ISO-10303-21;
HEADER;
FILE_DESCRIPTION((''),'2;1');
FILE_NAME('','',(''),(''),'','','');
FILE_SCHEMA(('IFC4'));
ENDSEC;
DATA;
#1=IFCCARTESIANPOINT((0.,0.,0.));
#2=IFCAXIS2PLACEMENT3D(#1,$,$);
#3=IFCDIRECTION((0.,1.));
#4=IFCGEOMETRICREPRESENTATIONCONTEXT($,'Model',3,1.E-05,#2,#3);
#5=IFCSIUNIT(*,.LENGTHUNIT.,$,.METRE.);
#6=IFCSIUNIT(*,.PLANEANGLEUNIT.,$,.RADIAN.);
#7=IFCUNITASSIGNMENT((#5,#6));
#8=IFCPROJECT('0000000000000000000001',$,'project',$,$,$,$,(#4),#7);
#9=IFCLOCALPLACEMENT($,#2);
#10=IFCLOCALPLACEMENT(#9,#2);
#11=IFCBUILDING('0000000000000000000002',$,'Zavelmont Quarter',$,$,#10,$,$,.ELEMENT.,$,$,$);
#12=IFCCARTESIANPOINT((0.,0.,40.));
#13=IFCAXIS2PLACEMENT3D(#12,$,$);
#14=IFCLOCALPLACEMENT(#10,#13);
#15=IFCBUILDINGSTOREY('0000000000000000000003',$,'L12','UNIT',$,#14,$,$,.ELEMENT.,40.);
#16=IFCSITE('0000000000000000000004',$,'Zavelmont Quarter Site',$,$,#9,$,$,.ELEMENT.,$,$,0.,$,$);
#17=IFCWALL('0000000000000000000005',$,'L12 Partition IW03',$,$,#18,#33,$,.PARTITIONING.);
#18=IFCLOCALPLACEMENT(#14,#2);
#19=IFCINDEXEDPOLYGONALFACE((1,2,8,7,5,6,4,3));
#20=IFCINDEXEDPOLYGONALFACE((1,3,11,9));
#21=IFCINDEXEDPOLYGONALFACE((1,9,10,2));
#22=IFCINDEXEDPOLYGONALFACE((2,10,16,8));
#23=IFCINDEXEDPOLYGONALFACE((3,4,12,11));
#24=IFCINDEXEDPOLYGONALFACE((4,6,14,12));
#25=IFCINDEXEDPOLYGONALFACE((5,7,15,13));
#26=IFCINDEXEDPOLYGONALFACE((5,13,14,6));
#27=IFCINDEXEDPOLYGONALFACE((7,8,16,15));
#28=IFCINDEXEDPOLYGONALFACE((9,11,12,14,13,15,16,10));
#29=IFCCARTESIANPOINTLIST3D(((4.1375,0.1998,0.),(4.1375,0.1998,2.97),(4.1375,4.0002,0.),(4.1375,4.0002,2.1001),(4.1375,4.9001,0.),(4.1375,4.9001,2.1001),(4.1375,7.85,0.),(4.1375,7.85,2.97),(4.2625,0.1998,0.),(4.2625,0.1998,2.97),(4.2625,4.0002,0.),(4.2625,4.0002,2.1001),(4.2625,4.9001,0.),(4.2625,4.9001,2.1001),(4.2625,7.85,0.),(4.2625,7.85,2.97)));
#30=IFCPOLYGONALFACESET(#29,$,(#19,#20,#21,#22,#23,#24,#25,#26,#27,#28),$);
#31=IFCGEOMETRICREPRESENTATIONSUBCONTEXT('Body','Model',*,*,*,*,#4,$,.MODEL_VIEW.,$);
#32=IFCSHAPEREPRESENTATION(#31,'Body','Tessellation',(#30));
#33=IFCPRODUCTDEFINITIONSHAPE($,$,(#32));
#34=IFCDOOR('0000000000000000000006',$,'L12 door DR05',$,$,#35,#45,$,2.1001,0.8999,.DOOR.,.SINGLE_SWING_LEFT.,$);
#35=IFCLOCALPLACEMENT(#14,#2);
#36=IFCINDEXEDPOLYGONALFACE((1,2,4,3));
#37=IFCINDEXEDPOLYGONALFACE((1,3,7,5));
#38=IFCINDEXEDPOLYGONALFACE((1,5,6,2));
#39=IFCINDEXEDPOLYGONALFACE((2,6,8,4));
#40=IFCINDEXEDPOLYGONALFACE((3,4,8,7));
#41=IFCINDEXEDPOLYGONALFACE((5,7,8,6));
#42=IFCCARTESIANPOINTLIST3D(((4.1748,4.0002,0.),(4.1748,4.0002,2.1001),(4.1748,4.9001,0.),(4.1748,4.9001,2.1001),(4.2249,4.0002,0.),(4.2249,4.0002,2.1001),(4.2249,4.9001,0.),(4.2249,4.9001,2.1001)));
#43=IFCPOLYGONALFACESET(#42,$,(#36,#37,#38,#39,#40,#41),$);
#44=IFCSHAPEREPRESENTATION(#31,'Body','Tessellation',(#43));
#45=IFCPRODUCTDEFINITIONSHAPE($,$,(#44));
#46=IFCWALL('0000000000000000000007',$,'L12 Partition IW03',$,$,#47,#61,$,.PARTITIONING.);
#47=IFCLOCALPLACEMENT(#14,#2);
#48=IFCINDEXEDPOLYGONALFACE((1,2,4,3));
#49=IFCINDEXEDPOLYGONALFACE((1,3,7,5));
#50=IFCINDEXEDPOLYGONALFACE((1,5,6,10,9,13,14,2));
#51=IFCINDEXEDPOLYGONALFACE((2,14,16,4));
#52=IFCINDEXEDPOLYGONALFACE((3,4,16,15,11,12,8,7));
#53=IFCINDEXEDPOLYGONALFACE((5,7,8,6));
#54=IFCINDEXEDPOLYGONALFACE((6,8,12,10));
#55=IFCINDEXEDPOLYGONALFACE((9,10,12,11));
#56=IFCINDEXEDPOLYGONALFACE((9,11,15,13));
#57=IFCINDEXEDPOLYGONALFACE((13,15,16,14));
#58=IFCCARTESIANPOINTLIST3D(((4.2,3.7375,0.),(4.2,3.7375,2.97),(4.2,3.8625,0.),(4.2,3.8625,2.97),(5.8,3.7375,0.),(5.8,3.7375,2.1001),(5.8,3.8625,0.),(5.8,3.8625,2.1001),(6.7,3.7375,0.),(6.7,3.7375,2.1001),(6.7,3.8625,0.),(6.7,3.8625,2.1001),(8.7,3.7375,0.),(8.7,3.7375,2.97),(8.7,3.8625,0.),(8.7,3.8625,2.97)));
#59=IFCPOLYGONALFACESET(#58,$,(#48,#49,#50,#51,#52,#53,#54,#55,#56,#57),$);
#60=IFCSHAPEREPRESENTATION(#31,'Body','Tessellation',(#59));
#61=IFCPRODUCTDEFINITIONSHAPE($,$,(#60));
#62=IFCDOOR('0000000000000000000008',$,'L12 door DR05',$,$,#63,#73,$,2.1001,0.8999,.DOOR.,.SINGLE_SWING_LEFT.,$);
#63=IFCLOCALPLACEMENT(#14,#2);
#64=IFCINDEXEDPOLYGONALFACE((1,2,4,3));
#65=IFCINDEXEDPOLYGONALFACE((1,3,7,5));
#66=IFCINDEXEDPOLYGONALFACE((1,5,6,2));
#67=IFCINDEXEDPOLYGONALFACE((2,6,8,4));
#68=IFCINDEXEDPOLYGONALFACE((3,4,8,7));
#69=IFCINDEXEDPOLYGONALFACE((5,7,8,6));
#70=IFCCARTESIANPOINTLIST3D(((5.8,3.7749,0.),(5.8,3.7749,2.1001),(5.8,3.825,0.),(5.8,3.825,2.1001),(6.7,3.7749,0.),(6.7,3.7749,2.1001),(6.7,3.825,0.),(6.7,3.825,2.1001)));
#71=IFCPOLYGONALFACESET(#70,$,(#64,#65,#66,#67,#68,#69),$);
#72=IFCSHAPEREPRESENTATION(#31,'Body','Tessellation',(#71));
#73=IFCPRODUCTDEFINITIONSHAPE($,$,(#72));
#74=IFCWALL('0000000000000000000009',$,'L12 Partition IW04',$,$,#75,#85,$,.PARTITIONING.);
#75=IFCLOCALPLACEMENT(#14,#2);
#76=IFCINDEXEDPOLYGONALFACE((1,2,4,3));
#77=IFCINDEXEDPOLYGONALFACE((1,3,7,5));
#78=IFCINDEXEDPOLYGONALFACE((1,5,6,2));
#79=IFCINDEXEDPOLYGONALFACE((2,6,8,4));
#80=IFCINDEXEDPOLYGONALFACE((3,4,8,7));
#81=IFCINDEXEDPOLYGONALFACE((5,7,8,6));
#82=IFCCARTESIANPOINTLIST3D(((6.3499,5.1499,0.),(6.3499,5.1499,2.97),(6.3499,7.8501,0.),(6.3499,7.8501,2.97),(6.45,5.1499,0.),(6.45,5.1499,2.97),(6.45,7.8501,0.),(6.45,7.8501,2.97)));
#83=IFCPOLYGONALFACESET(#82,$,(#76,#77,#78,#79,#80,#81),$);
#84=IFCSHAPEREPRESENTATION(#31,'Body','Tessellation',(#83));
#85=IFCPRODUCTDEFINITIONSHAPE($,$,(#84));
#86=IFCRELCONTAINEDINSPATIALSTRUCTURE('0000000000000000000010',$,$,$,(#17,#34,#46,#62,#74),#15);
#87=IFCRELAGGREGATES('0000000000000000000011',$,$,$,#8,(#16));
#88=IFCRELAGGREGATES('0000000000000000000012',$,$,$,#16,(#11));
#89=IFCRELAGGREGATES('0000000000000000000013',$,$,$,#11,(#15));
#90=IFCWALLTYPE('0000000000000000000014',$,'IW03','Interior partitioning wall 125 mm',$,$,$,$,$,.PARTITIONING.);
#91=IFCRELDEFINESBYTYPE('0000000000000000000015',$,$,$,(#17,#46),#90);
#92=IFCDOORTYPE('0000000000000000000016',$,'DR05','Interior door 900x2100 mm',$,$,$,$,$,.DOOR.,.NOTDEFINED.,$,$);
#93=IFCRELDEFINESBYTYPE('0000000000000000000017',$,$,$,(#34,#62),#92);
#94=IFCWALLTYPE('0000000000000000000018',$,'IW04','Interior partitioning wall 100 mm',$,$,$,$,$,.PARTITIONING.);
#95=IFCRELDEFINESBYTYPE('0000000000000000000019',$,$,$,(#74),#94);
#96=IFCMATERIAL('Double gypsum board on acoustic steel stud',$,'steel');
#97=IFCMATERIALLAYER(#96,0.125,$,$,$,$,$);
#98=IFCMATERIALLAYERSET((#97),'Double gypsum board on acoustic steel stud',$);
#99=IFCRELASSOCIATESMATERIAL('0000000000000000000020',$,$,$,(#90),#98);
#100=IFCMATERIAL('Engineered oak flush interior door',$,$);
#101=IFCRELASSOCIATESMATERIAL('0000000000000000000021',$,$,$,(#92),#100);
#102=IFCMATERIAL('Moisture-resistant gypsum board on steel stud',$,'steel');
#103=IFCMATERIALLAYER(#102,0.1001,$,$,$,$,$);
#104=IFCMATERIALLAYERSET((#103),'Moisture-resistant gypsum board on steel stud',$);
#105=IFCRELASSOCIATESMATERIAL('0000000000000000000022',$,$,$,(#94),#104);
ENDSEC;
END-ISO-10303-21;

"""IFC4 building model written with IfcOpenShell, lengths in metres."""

from ifc_helpers import new_model, si_unit, direction, frame, frame_2d, origin, origin_with_axes, place, context, subcontext, project, spatial, rectangle, extrude, material, layer, layer_set, type_object, element, fill, save


model = new_model("IFC4")

# Units and contexts
model_context = context("Model", 3, precision=1e-05, world=origin(), true_north=direction((0.0, 1.0)))
body_context = subcontext(model_context, "Body", "Model", "MODEL_VIEW")
ifc_project = project(units=[si_unit("LENGTHUNIT", "METRE"), si_unit("PLANEANGLEUNIT", "RADIAN")], contexts=[model_context])

# Site, building, storey
site_placement = place(None, origin())
site = spatial("IfcSite", under=ifc_project, at=site_placement, Name="Zavelmont Quarter Site", CompositionType="ELEMENT", RefElevation=0.0)
building_placement = place(site_placement, origin())
building = spatial("IfcBuilding", under=site, at=building_placement, Name="Zavelmont Quarter", CompositionType="ELEMENT")
storey_placement = place(building_placement, frame((0.0, 0.0, 40.0)))
storey = spatial("IfcBuildingStorey", under=building, at=storey_placement, Name="L12", Description="UNIT", CompositionType="ELEMENT", Elevation=40.0)

# Walls, openings, doors
ifc_material_1 = material(Name="Double gypsum board on acoustic steel stud", Category="steel")
ifc_layer_1 = layer(ifc_material_1, 0.125)
ifc_layer_set_1 = layer_set([ifc_layer_1], Name="Double gypsum board on acoustic steel stud")
wall_type_1 = type_object("IfcWallType", Name="IW03", Description="Interior partitioning wall 125 mm", PredefinedType="PARTITIONING", material=ifc_layer_set_1)
ifc_material_2 = material(Name="Engineered oak flush interior door")
door_type = type_object("IfcDoorType", Name="DR05", Description="Interior door 900x2100 mm", OperationType="NOTDEFINED", PredefinedType="DOOR", material=ifc_material_2)
wall_1_placement = place(storey_placement, frame((4.2, 7.8501, 0.0), z_axis=(0.0, 0.0, 1.0), x_axis=(0.0, -1.0, 0.0)))
wall_1 = element("IfcWall", 1, at=wall_1_placement, inside=storey, type_object=wall_type_1, Name="L12 Partition IW03", PredefinedType="PARTITIONING", context=body_context, shape_type="SweptSolid", body=[
    extrude(rectangle(XDim=7.6501, YDim=0.125, at=frame_2d((3.8252, 0.0))), origin(), (0.0, 0.0, 1.0), 2.97),
])
opening_1_placement = place(wall_1_placement, frame((2.95, 0.0, 0.0)))
opening_1 = element("IfcOpeningElement", 2, at=opening_1_placement, cuts=wall_1, PredefinedType="OPENING", context=body_context, shape_type="SweptSolid", body=[
    extrude(rectangle(XDim=0.8999, YDim=2.1001, at=frame_2d((0.45, 1.05))), frame((0.0, 0.0745, 0.0), z_axis=(0.0, -1.0, 0.0), x_axis=(1.0, 0.0, 0.0)), (0.0, 0.0, 1.0), 0.1489),
])
door_1_placement = place(opening_1_placement, origin_with_axes())
door_1 = element("IfcDoor", 3, at=door_1_placement, inside=storey, type_object=door_type, Name="L12 door DR05", OperationType="SINGLE_SWING_LEFT", OverallHeight=2.1001, OverallWidth=0.8999, PredefinedType="DOOR", context=body_context, shape_type="SweptSolid", body=[
    extrude(rectangle(XDim=0.8999, YDim=2.1001, at=frame_2d((0.45, 1.05))), frame((0.0, 0.0249, 0.0), z_axis=(0.0, -1.0, 0.0), x_axis=(1.0, 0.0, 0.0)), (0.0, 0.0, 1.0), 0.05),
])
fill(opening_1, door_1)
wall_2_placement = place(storey_placement, frame((4.2, 3.8, 0.0), z_axis=(0.0, 0.0, 1.0), x_axis=(1.0, 0.0, 0.0)))
wall_2 = element("IfcWall", 4, at=wall_2_placement, inside=storey, type_object=wall_type_1, Name="L12 Partition IW03", PredefinedType="PARTITIONING", context=body_context, shape_type="SweptSolid", body=[
    extrude(rectangle(XDim=4.5, YDim=0.125, at=frame_2d((2.25, 0.0))), origin(), (0.0, 0.0, 1.0), 2.97),
])
opening_2_placement = place(wall_2_placement, frame((1.6001, 0.0, 0.0)))
opening_2 = element("IfcOpeningElement", 5, at=opening_2_placement, cuts=wall_2, PredefinedType="OPENING", context=body_context, shape_type="SweptSolid", body=[
    extrude(rectangle(XDim=0.8999, YDim=2.1001, at=frame_2d((0.45, 1.05))), frame((0.0, 0.0745, 0.0), z_axis=(0.0, -1.0, 0.0), x_axis=(1.0, 0.0, 0.0)), (0.0, 0.0, 1.0), 0.1489),
])
door_2_placement = place(opening_2_placement, origin_with_axes())
door_2 = element("IfcDoor", 6, at=door_2_placement, inside=storey, type_object=door_type, Name="L12 door DR05", OperationType="SINGLE_SWING_LEFT", OverallHeight=2.1001, OverallWidth=0.8999, PredefinedType="DOOR", context=body_context, shape_type="SweptSolid", body=[
    extrude(rectangle(XDim=0.8999, YDim=2.1001, at=frame_2d((0.45, 1.05))), frame((0.0, 0.0249, 0.0), z_axis=(0.0, -1.0, 0.0), x_axis=(1.0, 0.0, 0.0)), (0.0, 0.0, 1.0), 0.05),
])
fill(opening_2, door_2)

# Wall
ifc_material_3 = material(Name="Moisture-resistant gypsum board on steel stud", Category="steel")
ifc_layer_2 = layer(ifc_material_3, 0.1001)
ifc_layer_set_2 = layer_set([ifc_layer_2], Name="Moisture-resistant gypsum board on steel stud")
wall_type_2 = type_object("IfcWallType", Name="IW04", Description="Interior partitioning wall 100 mm", PredefinedType="PARTITIONING", material=ifc_layer_set_2)
wall_3_placement = place(storey_placement, frame((6.3999, 7.8501, 0.0), z_axis=(0.0, 0.0, 1.0), x_axis=(0.0, -1.0, 0.0)))
element("IfcWall", 7, at=wall_3_placement, inside=storey, type_object=wall_type_2, Name="L12 Partition IW04", PredefinedType="PARTITIONING", context=body_context, shape_type="SweptSolid", body=[
    extrude(rectangle(XDim=2.7002, YDim=0.1001, at=frame_2d((1.3501, 0.0))), origin(), (0.0, 0.0, 1.0), 2.97),
])

save(model, "model.ifc")
